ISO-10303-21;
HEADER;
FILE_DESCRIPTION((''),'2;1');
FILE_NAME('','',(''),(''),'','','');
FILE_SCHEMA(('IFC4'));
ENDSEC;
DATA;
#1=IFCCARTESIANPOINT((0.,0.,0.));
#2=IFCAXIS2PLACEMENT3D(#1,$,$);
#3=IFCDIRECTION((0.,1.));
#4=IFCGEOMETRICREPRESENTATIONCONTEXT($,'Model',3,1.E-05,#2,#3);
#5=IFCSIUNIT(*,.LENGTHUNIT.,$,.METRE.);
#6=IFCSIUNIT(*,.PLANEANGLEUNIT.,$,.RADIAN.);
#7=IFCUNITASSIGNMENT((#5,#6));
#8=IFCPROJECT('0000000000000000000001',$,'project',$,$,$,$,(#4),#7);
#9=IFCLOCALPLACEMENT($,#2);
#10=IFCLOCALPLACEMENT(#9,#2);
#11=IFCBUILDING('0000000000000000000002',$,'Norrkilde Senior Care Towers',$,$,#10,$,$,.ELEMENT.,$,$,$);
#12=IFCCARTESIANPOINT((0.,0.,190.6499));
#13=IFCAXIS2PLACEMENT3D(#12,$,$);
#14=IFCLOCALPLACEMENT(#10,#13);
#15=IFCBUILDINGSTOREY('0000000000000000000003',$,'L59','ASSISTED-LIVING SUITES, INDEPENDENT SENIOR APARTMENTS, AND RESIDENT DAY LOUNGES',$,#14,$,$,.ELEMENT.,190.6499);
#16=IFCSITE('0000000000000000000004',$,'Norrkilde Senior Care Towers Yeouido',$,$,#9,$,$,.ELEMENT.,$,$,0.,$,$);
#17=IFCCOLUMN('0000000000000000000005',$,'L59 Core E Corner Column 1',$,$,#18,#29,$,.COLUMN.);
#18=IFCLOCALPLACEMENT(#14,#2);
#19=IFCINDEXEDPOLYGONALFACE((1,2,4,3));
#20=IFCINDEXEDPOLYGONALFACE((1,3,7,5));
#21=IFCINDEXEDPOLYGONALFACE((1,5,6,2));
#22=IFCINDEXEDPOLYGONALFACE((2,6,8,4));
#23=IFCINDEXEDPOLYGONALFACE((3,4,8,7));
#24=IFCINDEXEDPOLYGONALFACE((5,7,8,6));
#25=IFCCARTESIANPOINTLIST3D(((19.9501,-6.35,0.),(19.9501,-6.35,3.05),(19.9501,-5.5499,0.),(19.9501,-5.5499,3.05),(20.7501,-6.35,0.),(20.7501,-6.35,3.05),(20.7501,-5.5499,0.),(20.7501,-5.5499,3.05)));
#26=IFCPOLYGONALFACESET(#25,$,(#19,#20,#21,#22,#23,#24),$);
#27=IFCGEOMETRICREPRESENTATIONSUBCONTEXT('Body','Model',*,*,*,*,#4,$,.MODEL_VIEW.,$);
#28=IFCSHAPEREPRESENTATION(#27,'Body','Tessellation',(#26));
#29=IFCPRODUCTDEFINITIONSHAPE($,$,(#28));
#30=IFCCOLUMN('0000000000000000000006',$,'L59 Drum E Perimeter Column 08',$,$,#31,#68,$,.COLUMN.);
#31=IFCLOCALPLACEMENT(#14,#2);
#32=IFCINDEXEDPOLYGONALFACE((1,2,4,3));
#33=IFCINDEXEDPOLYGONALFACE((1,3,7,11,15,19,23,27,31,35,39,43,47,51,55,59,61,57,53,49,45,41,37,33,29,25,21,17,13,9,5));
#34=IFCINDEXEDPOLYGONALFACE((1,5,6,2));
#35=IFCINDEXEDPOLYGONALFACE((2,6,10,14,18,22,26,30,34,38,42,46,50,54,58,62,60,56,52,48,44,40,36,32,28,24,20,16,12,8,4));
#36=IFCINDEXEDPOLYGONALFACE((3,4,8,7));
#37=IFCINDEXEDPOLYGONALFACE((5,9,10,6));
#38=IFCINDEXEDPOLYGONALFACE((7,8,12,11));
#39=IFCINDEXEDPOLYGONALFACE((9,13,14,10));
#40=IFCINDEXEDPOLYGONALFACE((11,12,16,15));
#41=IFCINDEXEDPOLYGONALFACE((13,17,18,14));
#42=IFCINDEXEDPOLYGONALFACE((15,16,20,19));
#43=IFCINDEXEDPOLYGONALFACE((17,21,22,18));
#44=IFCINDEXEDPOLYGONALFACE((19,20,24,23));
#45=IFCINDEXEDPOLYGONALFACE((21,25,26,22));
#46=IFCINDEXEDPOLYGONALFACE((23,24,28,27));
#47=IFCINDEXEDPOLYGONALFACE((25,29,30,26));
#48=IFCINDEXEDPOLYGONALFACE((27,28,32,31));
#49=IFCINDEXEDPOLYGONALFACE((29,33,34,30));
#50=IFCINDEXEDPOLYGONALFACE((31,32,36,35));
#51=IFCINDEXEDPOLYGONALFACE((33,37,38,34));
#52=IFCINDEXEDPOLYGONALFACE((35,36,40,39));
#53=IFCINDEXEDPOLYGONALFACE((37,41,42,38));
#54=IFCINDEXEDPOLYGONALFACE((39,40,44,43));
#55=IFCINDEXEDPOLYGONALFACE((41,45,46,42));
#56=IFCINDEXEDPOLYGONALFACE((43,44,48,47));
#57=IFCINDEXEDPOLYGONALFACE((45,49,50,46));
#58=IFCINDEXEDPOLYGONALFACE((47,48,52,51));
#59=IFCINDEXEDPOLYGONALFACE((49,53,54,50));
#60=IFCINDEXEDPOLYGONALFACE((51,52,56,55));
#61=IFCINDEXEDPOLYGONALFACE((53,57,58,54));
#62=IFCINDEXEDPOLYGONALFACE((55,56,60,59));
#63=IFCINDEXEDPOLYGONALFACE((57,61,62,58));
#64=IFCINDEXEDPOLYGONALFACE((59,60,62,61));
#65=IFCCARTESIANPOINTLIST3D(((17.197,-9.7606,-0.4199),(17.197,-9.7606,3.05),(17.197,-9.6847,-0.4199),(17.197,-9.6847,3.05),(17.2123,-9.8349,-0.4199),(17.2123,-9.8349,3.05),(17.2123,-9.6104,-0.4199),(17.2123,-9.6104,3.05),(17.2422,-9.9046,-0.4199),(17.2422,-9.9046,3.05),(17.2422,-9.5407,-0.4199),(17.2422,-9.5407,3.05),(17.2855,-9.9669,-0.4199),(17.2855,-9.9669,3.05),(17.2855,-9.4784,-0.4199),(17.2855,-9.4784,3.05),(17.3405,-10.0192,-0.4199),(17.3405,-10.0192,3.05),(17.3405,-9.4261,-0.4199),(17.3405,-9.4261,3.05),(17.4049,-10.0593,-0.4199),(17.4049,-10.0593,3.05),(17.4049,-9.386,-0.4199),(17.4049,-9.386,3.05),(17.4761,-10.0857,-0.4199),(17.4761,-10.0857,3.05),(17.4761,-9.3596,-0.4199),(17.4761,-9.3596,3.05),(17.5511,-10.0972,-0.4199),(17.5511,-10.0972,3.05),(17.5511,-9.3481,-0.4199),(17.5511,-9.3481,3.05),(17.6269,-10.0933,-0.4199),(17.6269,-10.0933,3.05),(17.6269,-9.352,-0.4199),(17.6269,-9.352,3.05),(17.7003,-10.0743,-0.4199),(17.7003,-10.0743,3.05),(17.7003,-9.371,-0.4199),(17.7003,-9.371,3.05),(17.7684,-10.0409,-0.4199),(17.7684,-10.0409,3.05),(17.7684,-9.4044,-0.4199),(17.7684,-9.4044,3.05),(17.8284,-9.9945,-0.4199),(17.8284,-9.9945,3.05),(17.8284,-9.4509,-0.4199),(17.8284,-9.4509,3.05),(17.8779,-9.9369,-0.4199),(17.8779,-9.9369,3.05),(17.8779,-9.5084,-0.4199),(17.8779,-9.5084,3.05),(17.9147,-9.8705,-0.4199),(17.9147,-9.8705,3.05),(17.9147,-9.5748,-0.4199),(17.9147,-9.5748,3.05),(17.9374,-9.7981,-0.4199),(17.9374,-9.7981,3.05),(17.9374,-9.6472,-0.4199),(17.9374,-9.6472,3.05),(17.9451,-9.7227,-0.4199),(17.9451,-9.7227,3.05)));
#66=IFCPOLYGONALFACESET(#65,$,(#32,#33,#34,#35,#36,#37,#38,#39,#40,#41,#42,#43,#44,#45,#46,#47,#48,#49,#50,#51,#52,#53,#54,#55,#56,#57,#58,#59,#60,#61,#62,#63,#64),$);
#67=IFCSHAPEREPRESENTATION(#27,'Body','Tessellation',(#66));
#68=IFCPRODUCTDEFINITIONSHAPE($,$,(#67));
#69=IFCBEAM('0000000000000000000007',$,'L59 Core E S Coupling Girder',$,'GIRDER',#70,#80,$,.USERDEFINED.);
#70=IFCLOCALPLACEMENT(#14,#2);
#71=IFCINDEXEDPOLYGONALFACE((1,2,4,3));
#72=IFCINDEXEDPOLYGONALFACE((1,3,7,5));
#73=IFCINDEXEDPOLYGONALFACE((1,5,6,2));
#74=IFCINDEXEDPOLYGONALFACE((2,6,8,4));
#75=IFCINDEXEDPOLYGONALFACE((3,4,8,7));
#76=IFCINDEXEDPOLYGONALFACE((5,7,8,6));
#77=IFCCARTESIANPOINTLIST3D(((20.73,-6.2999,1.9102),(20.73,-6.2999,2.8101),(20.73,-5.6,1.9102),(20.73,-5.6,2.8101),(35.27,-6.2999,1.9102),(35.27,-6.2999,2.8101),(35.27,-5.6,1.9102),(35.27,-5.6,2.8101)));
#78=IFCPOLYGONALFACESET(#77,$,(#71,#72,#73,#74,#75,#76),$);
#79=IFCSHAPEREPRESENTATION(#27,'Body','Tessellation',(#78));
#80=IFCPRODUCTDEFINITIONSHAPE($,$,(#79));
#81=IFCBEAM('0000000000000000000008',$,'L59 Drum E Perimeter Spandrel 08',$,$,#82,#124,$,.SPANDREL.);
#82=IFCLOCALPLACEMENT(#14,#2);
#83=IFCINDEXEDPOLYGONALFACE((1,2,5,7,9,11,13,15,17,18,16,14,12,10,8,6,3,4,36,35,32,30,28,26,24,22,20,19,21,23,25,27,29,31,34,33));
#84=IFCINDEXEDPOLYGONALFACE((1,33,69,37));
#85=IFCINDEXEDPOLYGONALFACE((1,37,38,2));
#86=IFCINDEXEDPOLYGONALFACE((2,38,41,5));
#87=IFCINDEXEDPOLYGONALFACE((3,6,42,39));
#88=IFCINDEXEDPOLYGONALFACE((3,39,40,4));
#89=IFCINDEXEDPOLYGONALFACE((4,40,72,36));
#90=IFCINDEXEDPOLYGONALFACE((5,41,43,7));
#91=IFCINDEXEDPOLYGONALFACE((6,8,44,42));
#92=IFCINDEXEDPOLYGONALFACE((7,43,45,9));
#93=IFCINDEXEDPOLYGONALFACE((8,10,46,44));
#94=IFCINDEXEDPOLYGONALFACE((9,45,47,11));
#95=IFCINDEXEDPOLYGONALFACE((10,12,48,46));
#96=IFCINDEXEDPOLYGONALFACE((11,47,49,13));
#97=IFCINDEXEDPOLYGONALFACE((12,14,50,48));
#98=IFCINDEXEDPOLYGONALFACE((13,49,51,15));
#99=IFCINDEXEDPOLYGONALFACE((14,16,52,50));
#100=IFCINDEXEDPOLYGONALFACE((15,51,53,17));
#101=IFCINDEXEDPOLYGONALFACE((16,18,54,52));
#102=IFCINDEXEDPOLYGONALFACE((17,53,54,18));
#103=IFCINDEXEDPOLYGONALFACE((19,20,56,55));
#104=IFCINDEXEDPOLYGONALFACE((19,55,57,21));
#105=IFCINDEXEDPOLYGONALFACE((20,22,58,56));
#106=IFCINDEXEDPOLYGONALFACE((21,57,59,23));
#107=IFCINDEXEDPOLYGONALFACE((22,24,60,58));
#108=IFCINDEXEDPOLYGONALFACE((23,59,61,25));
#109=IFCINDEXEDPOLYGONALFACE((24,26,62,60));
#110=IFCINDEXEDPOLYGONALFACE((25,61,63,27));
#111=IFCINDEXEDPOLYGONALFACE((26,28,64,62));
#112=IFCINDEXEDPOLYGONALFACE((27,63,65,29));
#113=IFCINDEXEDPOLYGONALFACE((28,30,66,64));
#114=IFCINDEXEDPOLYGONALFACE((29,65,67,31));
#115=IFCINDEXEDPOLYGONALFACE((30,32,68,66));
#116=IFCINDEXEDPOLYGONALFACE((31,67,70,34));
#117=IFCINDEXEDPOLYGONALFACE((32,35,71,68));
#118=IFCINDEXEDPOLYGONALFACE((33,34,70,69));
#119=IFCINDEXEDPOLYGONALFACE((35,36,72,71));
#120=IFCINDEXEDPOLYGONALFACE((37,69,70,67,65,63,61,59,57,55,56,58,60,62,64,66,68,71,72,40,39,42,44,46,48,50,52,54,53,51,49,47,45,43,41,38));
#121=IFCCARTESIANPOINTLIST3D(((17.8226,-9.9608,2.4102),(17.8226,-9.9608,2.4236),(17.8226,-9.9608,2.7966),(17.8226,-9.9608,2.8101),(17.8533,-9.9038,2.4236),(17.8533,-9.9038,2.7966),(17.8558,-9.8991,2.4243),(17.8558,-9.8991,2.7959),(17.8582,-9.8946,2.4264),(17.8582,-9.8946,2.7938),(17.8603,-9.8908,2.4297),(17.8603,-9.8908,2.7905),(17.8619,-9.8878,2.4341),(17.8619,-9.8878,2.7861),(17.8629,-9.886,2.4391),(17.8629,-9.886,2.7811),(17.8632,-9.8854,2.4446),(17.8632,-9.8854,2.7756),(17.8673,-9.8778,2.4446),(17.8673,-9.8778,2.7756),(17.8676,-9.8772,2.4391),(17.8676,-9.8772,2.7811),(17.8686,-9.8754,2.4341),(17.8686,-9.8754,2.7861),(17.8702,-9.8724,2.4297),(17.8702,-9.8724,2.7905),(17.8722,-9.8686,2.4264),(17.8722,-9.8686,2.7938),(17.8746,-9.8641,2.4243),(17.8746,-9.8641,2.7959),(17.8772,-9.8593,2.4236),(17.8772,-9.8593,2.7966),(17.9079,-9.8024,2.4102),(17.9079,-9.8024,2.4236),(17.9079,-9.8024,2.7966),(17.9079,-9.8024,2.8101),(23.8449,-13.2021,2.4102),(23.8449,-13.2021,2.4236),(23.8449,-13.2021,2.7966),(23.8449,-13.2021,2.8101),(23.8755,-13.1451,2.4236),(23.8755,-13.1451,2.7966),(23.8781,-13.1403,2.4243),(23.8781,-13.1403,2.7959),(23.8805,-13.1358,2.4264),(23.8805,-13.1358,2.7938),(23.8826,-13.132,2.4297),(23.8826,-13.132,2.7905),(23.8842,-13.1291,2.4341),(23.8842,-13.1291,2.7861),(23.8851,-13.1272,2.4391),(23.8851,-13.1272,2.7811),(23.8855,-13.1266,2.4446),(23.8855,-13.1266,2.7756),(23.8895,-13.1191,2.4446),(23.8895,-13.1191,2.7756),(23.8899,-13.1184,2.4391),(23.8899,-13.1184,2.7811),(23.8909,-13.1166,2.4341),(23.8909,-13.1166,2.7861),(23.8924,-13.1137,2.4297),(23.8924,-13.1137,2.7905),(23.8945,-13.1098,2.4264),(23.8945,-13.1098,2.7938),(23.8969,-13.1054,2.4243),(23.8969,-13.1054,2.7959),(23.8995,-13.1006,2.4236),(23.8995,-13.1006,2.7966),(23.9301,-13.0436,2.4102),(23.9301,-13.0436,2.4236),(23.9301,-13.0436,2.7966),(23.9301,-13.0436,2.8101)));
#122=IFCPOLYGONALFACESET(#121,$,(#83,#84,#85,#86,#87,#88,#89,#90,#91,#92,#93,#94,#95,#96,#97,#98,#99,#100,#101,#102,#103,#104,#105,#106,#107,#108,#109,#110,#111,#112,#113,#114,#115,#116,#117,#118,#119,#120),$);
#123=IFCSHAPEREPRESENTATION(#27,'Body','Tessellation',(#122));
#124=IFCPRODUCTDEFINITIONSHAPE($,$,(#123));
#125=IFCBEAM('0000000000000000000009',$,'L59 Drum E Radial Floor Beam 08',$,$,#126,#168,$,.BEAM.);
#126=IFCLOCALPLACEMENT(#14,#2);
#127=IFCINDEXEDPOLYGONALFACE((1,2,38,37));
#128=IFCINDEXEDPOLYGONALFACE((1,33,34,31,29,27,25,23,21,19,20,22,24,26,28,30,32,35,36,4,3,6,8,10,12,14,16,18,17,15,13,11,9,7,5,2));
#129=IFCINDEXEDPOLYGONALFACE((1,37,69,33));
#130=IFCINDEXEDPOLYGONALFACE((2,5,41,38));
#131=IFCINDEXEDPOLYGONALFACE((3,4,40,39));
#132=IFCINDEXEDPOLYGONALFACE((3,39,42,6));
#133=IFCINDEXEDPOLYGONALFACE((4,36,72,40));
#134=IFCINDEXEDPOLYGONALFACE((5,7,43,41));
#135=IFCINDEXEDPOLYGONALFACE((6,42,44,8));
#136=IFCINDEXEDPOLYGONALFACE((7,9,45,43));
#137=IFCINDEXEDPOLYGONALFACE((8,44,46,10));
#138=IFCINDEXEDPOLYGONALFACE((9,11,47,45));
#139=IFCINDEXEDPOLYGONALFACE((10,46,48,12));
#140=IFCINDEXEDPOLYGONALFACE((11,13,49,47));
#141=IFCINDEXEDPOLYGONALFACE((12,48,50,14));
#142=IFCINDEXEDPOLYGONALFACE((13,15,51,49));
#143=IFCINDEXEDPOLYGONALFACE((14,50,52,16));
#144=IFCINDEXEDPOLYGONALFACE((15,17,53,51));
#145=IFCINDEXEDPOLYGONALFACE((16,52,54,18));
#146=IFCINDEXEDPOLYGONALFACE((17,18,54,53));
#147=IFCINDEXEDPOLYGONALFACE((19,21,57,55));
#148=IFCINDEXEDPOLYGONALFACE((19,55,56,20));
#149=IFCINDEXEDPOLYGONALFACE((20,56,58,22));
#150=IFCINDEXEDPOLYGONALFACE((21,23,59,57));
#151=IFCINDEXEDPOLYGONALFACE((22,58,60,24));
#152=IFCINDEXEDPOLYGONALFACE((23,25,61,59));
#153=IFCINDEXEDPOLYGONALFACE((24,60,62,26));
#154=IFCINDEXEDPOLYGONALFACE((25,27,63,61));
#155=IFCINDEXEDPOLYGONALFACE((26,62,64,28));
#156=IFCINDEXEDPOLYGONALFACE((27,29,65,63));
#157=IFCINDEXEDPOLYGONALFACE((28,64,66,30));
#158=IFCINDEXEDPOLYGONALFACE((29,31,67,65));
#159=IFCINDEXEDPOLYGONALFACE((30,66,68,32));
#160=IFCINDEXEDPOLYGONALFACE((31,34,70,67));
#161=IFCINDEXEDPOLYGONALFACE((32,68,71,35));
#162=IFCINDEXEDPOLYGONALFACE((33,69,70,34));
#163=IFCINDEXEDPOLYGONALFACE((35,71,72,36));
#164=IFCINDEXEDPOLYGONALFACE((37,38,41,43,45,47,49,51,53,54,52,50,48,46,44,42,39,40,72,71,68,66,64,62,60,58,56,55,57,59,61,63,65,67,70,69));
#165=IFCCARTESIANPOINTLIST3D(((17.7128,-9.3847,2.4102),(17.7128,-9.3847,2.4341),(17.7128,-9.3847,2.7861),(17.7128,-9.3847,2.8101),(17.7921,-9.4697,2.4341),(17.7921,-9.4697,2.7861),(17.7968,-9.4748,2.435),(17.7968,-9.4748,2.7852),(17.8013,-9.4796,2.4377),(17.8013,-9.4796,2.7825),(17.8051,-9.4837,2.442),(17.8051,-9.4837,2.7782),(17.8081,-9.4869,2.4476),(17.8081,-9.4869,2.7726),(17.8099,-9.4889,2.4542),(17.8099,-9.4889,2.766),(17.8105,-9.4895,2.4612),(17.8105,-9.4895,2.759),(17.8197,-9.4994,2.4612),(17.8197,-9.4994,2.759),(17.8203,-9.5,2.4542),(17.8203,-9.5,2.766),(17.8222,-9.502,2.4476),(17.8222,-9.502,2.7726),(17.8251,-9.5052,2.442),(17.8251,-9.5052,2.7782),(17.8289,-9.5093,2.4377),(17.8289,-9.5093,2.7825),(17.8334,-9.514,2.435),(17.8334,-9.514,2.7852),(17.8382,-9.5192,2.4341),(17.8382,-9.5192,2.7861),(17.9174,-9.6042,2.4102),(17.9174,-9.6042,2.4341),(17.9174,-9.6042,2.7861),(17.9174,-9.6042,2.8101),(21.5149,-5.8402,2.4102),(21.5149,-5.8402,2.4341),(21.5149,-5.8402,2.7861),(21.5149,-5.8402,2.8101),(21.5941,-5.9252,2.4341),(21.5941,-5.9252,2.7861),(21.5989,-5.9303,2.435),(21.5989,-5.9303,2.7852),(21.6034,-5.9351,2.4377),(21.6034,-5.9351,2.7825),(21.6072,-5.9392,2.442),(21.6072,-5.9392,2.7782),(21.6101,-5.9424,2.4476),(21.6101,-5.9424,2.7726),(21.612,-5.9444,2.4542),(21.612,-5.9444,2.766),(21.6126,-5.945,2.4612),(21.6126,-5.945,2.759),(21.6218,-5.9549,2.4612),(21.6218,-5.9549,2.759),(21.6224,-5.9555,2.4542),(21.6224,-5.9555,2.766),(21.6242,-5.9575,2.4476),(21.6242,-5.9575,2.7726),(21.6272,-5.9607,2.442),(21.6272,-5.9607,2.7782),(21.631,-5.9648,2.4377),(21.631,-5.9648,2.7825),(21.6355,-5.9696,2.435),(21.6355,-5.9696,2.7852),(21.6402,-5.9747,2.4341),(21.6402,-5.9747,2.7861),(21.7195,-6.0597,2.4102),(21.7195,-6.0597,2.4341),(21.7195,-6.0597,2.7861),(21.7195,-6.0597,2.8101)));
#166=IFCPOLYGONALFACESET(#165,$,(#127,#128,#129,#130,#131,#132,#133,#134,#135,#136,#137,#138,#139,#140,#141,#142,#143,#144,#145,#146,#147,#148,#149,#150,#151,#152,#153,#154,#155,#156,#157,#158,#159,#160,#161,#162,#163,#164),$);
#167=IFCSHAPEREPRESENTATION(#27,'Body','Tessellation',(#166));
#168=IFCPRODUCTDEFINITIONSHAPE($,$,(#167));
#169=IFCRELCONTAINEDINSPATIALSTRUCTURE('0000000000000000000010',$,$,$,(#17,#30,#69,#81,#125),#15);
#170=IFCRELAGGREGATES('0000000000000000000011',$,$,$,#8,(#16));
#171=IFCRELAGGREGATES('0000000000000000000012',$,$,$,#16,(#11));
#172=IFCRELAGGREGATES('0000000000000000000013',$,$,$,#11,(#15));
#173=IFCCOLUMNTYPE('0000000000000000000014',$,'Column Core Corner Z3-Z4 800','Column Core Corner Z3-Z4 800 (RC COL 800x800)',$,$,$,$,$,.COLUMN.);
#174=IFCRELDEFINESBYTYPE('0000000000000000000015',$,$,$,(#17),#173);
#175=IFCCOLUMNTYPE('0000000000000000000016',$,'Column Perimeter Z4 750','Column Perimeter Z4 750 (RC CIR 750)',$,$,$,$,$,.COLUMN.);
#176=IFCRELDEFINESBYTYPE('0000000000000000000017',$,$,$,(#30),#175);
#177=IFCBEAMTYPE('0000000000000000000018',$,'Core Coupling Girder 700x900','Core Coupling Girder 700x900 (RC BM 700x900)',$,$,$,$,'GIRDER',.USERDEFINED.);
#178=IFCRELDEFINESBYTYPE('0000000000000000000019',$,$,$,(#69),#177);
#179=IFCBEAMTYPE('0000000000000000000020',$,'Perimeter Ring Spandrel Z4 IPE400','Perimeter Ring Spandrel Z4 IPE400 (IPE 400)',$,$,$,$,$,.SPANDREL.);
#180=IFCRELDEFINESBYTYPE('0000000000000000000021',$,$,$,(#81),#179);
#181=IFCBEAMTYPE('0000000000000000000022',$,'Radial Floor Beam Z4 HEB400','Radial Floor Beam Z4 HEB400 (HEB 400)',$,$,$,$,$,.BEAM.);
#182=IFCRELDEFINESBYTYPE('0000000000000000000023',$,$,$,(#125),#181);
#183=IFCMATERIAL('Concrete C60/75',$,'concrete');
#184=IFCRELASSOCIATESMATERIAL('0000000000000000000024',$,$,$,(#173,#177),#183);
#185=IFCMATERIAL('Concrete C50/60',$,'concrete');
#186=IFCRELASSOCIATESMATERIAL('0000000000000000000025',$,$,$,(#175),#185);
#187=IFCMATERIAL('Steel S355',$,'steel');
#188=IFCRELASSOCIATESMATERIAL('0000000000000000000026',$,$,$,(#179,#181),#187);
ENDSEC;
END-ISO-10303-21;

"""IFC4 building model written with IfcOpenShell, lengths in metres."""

from ifc_helpers import new_model, si_unit, direction, frame, origin, origin_2d, place, context, subcontext, project, spatial, rectangle, circle, i_section, extrude, source, transform, mapped, material, material_profile, profile_set, type_object, type_shapes, element, save


model = new_model("IFC4")

# Units and contexts
model_context = context("Model", 3, precision=1e-05, world=origin(), true_north=direction((0.0, 1.0)))
body_context = subcontext(model_context, "Body", "Model", "MODEL_VIEW")
ifc_project = project(units=[si_unit("LENGTHUNIT", "METRE"), si_unit("PLANEANGLEUNIT", "RADIAN")], contexts=[model_context])

# Site, building, storey
site_placement = place(None, origin())
site = spatial("IfcSite", under=ifc_project, at=site_placement, Name="Norrkilde Senior Care Towers Yeouido", CompositionType="ELEMENT", RefElevation=0.0)
building_placement = place(site_placement, origin())
building = spatial("IfcBuilding", under=site, at=building_placement, Name="Norrkilde Senior Care Towers", CompositionType="ELEMENT")
storey_placement = place(building_placement, frame((0.0, 0.0, 190.6499)))
storey = spatial("IfcBuildingStorey", under=building, at=storey_placement, Name="L59", Description="ASSISTED-LIVING SUITES, INDEPENDENT SENIOR APARTMENTS, AND RESIDENT DAY LOUNGES", CompositionType="ELEMENT", Elevation=190.6499)

# Columns
ifc_material_1 = material(Name="Concrete C60/75", Category="concrete")
ifc_material_profile_1 = material_profile(ifc_material_1, rectangle(XDim=0.8, YDim=0.8, at=origin_2d()), Name="RC COL 800x800")
ifc_profile_set_1 = profile_set([ifc_material_profile_1], Name="Concrete C60/75")
column_type_1 = type_object("IfcColumnType", Name="Column Core Corner Z3-Z4 800", Description="Column Core Corner Z3-Z4 800 (RC COL 800x800)", PredefinedType="COLUMN", material=ifc_profile_set_1)
shared_shape_1 = source(origin(), body_context, "Body", "SweptSolid", [
    extrude(rectangle(XDim=0.8, YDim=0.8, at=origin_2d()), origin(), (0.0, 0.0, 1.0), 3.05),
])
type_shapes(column_type_1, [shared_shape_1])
column_1_placement = place(storey_placement, frame((20.3501, -5.95, 0.0), z_axis=(0.0, 0.0, 1.0), x_axis=(1.0, 0.0, 0.0)))
element("IfcColumn", 1, at=column_1_placement, inside=storey, type_object=column_type_1, Name="L59 Core E Corner Column 1", PredefinedType="COLUMN", context=body_context, shape_type="MappedRepresentation", body=[
    mapped(shared_shape_1, transform((0.0, 0.0, 0.0), x_axis=(1.0, 0.0, 0.0), y_axis=(0.0, 1.0, 0.0), z_axis=(0.0, 0.0, 1.0), scale=1.0)),
])
ifc_material_2 = material(Name="Concrete C50/60", Category="concrete")
ifc_material_profile_2 = material_profile(ifc_material_2, circle(Radius=0.375, at=origin_2d()), Name="RC CIR 750")
ifc_profile_set_2 = profile_set([ifc_material_profile_2], Name="Concrete C50/60")
column_type_2 = type_object("IfcColumnType", Name="Column Perimeter Z4 750", Description="Column Perimeter Z4 750 (RC CIR 750)", PredefinedType="COLUMN", material=ifc_profile_set_2)
shared_shape_2 = source(origin(), body_context, "Body", "SweptSolid", [
    extrude(circle(Radius=0.375, at=origin_2d()), origin(), (0.0, 0.0, 1.0), 3.47),
])
type_shapes(column_type_2, [shared_shape_2])
column_2_placement = place(storey_placement, frame((17.5701, -9.7227, -0.4199), z_axis=(0.0, 0.0, 1.0), x_axis=(1.0, 0.0, 0.0)))
element("IfcColumn", 2, at=column_2_placement, inside=storey, type_object=column_type_2, Name="L59 Drum E Perimeter Column 08", PredefinedType="COLUMN", context=body_context, shape_type="MappedRepresentation", body=[
    mapped(shared_shape_2, transform((0.0, 0.0, 0.0), x_axis=(1.0, 0.0, 0.0), y_axis=(0.0, 1.0, 0.0), z_axis=(0.0, 0.0, 1.0), scale=1.0)),
])

# Beams
ifc_material_profile_3 = material_profile(ifc_material_1, rectangle(XDim=0.7, YDim=0.8999, at=origin_2d()), Name="RC BM 700x900")
ifc_profile_set_3 = profile_set([ifc_material_profile_3], Name="Concrete C60/75")
beam_type_1 = type_object("IfcBeamType", Name="Core Coupling Girder 700x900", Description="Core Coupling Girder 700x900 (RC BM 700x900)", ElementType="GIRDER", PredefinedType="USERDEFINED", material=ifc_profile_set_3)
shared_shape_3 = source(origin(), body_context, "Body", "SweptSolid", [
    extrude(rectangle(XDim=0.7, YDim=0.8999, at=origin_2d()), origin(), (0.0, 0.0, 1.0), 14.54),
])
type_shapes(beam_type_1, [shared_shape_3])
beam_1_placement = place(storey_placement, frame((20.73, -5.95, 2.3601), z_axis=(1.0, 0.0, 0.0), x_axis=(0.0, 1.0, 0.0)))
element("IfcBeam", 3, at=beam_1_placement, inside=storey, type_object=beam_type_1, Name="L59 Core E S Coupling Girder", ObjectType="GIRDER", PredefinedType="USERDEFINED", context=body_context, shape_type="MappedRepresentation", body=[
    mapped(shared_shape_3, transform((0.0, 0.0, 0.0), x_axis=(1.0, 0.0, 0.0), y_axis=(0.0, 1.0, 0.0), z_axis=(0.0, 0.0, 1.0), scale=1.0)),
])
ifc_material_3 = material(Name="Steel S355", Category="steel")
ifc_material_profile_4 = material_profile(ifc_material_3, i_section(OverallWidth=0.1799, OverallDepth=0.3999, WebThickness=0.0085, FlangeThickness=0.0134, FilletRadius=0.021, at=origin_2d()), Name="IPE 400")
ifc_profile_set_4 = profile_set([ifc_material_profile_4], Name="Steel S355")
beam_type_2 = type_object("IfcBeamType", Name="Perimeter Ring Spandrel Z4 IPE400", Description="Perimeter Ring Spandrel Z4 IPE400 (IPE 400)", PredefinedType="SPANDREL", material=ifc_profile_set_4)
shared_shape_4 = source(origin(), body_context, "Body", "SweptSolid", [
    extrude(i_section(OverallWidth=0.1799, OverallDepth=0.3999, WebThickness=0.0085, FlangeThickness=0.0134, FilletRadius=0.021, at=origin_2d()), origin(), (0.0, 0.0, 1.0), 6.8391),
])
type_shapes(beam_type_2, [shared_shape_4])
beam_2_placement = place(storey_placement, frame((17.8652, -9.8816, 2.6101), z_axis=(0.880564, -0.473927, 0.0), x_axis=(0.473927, 0.880564, 0.0)))
element("IfcBeam", 4, at=beam_2_placement, inside=storey, type_object=beam_type_2, Name="L59 Drum E Perimeter Spandrel 08", PredefinedType="SPANDREL", context=body_context, shape_type="MappedRepresentation", body=[
    mapped(shared_shape_4, transform((0.0, 0.0, 0.0), x_axis=(1.0, 0.0, 0.0), y_axis=(0.0, 1.0, 0.0), z_axis=(0.0, 0.0, 1.0), scale=1.0)),
])
ifc_material_profile_5 = material_profile(ifc_material_3, i_section(OverallWidth=0.3, OverallDepth=0.3999, WebThickness=0.0134, FlangeThickness=0.0239, FilletRadius=0.0271, at=origin_2d()), Name="HEB 400")
ifc_profile_set_5 = profile_set([ifc_material_profile_5], Name="Steel S355")
beam_type_3 = type_object("IfcBeamType", Name="Radial Floor Beam Z4 HEB400", Description="Radial Floor Beam Z4 HEB400 (HEB 400)", PredefinedType="BEAM", material=ifc_profile_set_5)
shared_shape_5 = source(origin(), body_context, "Body", "SweptSolid", [
    extrude(i_section(OverallWidth=0.3, OverallDepth=0.3999, WebThickness=0.0134, FlangeThickness=0.0239, FilletRadius=0.0271, at=origin_2d()), origin(), (0.0, 0.0, 1.0), 5.198),
])
type_shapes(beam_type_3, [shared_shape_5])
beam_3_placement = place(storey_placement, frame((21.6172, -5.95, 2.6101), z_axis=(-0.731449, -0.681896, 0.0), x_axis=(0.681896, -0.731449, 0.0)))
element("IfcBeam", 5, at=beam_3_placement, inside=storey, type_object=beam_type_3, Name="L59 Drum E Radial Floor Beam 08", PredefinedType="BEAM", context=body_context, shape_type="MappedRepresentation", body=[
    mapped(shared_shape_5, transform((0.0, 0.0, 0.0), x_axis=(1.0, 0.0, 0.0), y_axis=(0.0, 1.0, 0.0), z_axis=(0.0, 0.0, 1.0), scale=1.0)),
])

save(model, "model.ifc")
